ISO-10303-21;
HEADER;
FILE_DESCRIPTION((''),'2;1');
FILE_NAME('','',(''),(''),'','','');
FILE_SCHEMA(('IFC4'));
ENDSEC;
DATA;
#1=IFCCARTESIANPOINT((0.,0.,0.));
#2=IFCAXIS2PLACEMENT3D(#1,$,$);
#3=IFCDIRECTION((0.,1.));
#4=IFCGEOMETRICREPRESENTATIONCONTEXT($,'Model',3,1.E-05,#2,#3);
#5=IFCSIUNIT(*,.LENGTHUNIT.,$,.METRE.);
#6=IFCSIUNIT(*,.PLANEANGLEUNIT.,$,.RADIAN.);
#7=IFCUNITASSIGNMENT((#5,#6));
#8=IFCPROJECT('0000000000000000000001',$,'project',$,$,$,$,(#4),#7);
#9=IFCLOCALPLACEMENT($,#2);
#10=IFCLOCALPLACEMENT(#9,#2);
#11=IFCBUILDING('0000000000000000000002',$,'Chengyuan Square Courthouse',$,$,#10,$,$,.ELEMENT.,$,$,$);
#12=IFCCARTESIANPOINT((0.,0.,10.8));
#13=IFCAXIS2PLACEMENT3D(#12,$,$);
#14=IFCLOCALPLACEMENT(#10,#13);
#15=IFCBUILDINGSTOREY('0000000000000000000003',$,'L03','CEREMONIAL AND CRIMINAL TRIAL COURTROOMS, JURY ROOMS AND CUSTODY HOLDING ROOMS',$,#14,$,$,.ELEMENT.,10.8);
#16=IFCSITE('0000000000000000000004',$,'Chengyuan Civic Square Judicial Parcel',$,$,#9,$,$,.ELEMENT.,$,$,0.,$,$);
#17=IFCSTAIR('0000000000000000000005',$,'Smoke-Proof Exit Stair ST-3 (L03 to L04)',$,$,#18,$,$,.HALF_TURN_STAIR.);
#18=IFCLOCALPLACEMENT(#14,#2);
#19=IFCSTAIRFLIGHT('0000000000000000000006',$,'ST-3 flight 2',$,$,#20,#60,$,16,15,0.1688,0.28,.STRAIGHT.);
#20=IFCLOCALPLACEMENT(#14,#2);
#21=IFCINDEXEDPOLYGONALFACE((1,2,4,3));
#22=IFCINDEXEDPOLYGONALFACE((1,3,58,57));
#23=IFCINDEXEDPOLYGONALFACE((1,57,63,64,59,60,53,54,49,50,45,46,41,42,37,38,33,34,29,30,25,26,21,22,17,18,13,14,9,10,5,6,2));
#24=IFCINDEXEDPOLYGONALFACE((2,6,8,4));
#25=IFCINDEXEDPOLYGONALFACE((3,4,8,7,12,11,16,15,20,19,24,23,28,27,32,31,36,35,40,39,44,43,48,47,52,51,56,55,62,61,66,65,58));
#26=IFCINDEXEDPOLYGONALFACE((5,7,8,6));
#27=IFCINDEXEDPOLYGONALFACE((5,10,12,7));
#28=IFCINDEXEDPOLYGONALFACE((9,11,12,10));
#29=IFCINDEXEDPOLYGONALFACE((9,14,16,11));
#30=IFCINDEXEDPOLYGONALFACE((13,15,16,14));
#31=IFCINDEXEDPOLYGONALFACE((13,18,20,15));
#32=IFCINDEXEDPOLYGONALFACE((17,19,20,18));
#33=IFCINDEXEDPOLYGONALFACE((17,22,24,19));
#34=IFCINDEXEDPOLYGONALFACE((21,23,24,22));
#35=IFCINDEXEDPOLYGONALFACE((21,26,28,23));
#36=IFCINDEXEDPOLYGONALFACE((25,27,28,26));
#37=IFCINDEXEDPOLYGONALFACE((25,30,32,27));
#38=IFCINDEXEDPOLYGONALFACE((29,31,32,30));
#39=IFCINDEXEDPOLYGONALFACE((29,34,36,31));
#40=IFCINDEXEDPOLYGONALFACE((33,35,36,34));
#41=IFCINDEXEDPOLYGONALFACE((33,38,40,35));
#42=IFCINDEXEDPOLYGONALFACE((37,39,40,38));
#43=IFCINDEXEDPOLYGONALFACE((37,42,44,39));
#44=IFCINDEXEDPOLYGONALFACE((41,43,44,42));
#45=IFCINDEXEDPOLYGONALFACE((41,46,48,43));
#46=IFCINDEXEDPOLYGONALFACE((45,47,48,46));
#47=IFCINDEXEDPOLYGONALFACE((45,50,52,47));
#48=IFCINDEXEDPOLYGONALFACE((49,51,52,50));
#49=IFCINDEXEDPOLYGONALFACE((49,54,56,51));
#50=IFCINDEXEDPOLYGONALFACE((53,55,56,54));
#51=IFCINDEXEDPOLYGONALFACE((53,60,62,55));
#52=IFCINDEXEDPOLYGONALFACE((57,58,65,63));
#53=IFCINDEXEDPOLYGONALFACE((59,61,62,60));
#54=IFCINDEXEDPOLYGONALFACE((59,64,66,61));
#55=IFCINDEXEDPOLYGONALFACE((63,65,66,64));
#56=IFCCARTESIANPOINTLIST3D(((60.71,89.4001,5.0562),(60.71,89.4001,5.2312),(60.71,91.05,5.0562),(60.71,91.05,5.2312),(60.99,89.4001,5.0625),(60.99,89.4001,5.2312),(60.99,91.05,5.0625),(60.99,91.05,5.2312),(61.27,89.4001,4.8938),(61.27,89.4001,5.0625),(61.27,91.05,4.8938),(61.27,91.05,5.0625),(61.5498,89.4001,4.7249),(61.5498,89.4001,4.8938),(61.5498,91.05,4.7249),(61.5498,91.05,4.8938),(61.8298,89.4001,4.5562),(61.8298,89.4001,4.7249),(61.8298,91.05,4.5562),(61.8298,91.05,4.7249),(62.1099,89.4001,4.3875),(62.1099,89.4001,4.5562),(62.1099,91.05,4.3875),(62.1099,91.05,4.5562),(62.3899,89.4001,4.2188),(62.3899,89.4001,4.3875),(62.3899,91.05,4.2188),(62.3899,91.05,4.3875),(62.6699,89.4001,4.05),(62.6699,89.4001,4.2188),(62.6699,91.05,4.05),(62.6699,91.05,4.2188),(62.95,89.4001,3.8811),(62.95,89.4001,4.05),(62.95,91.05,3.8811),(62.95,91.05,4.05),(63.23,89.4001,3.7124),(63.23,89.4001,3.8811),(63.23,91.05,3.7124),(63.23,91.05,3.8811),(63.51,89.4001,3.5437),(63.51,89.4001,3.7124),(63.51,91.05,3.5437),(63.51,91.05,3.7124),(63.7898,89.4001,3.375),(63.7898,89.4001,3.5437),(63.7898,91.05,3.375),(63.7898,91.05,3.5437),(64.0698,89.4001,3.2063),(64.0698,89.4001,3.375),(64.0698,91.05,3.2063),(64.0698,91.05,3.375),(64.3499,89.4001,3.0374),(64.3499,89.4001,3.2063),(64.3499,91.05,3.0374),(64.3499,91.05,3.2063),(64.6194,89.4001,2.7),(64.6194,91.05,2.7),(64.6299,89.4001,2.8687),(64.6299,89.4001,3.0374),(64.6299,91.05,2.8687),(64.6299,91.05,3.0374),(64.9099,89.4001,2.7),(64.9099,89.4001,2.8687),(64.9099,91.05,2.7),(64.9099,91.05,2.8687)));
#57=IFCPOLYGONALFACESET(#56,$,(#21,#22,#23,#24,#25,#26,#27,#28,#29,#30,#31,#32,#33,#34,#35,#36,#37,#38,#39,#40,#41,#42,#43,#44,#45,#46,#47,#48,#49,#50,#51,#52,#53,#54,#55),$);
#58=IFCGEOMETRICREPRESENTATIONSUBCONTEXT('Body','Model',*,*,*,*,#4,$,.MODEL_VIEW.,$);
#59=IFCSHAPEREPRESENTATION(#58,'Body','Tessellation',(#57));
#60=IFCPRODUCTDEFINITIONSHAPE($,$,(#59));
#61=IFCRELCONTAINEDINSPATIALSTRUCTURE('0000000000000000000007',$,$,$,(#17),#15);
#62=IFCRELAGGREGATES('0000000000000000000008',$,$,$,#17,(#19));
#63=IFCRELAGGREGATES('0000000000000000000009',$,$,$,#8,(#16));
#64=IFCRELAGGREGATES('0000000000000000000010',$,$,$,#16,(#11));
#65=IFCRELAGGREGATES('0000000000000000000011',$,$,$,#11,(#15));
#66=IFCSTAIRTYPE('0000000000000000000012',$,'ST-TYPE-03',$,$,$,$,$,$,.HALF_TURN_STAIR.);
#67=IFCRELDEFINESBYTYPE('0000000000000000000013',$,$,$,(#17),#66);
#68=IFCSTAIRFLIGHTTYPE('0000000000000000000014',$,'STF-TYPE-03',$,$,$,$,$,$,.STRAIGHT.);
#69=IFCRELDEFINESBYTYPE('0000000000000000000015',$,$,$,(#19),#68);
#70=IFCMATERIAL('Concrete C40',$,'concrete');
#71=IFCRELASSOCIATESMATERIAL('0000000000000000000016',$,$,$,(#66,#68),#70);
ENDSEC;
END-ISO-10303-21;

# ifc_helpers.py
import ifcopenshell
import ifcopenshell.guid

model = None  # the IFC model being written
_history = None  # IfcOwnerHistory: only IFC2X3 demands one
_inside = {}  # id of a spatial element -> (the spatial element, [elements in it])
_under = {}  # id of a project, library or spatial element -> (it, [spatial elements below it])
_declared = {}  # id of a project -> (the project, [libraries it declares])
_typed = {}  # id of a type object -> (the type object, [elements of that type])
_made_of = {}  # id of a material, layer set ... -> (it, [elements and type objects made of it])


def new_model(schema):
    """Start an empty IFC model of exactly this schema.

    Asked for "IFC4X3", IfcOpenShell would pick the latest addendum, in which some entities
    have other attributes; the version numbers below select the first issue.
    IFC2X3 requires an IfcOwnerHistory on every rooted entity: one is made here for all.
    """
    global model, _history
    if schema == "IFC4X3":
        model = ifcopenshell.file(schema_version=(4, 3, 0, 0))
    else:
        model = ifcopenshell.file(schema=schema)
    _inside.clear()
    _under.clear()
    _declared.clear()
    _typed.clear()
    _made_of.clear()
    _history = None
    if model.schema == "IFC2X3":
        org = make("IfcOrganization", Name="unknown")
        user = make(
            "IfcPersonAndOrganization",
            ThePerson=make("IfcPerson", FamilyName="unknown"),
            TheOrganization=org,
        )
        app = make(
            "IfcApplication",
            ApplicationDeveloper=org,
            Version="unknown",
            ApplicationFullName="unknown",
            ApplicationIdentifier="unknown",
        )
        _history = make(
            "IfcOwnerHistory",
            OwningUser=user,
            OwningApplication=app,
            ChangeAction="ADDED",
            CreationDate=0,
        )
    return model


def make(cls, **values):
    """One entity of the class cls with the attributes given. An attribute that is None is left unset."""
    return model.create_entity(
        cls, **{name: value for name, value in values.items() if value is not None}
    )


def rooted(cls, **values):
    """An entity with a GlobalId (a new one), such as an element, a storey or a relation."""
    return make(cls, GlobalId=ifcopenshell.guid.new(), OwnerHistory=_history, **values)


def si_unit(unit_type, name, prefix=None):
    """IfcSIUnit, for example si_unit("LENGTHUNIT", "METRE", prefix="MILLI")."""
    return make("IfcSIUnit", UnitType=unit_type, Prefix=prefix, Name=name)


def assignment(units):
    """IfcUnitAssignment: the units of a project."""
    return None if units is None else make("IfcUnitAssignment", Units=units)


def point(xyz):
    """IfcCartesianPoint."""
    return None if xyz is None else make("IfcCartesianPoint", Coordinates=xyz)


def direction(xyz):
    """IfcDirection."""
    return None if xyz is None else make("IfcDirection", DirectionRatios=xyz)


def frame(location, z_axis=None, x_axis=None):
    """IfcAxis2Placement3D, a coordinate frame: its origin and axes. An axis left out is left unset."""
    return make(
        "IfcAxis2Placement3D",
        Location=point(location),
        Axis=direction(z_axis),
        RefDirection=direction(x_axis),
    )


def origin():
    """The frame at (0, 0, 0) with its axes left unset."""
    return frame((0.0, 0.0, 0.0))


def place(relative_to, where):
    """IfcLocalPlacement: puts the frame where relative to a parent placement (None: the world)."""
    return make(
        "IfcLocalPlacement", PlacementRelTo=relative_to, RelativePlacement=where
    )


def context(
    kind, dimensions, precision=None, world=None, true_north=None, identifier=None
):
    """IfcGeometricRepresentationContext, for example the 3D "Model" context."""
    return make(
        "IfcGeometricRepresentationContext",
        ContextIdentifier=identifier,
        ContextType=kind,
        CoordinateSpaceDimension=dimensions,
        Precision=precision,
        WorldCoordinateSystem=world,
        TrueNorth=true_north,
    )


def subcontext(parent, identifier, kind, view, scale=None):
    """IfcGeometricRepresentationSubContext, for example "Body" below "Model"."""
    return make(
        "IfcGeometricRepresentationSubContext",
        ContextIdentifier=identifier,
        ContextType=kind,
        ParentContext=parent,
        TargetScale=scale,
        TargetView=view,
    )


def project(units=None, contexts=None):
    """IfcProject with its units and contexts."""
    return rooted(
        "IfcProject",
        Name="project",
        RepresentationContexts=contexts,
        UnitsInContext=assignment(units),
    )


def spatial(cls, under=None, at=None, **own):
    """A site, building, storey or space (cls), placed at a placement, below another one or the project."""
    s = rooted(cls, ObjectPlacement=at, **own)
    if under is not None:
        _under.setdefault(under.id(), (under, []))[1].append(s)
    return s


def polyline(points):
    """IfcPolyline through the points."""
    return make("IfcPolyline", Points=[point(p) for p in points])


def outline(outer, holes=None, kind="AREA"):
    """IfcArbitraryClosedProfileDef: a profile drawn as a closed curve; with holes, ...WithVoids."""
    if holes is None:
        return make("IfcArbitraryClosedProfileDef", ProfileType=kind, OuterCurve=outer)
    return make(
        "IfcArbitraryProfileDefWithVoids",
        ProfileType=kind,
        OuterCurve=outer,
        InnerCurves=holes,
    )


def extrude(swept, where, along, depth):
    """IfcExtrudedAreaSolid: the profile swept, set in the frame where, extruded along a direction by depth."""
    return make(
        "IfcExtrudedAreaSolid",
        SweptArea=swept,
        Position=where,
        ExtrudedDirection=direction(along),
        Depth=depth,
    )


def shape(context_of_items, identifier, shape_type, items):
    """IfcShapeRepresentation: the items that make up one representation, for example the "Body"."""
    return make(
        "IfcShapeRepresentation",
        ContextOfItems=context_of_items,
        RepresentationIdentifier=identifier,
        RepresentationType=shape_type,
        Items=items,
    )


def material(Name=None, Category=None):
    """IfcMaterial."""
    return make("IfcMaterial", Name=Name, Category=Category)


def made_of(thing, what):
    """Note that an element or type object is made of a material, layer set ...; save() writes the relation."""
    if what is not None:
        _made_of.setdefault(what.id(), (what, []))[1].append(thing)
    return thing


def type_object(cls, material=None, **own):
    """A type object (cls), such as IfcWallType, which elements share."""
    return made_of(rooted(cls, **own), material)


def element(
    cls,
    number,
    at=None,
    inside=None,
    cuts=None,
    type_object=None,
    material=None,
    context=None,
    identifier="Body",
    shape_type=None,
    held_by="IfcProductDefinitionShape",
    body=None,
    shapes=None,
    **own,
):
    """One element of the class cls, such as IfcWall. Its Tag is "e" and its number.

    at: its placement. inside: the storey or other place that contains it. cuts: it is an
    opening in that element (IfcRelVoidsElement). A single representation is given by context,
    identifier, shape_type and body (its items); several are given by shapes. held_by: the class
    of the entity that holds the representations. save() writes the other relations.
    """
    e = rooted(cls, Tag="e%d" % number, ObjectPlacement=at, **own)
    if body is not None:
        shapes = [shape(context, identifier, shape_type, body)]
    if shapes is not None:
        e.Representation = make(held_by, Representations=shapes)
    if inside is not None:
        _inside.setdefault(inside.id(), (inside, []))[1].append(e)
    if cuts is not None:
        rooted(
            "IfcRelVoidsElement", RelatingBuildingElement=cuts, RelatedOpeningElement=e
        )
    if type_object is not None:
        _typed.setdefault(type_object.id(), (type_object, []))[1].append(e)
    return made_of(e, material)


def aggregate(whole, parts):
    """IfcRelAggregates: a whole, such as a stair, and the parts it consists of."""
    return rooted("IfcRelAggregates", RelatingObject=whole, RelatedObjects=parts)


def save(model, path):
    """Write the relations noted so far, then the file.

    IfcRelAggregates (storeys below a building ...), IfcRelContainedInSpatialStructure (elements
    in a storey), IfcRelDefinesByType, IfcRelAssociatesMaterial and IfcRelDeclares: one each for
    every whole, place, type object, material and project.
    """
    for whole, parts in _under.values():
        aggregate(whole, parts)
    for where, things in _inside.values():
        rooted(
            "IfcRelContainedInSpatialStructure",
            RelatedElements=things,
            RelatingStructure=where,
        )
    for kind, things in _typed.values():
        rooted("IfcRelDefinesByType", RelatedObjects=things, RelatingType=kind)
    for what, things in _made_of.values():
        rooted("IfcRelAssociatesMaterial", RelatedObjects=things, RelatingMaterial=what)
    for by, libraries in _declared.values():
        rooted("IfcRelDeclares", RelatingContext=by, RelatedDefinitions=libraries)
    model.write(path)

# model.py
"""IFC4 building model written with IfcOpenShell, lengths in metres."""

from ifc_helpers import new_model, si_unit, direction, frame, origin, place, context, subcontext, project, spatial, polyline, outline, extrude, material, type_object, element, aggregate, save


model = new_model("IFC4")

# Units and contexts
model_context = context("Model", 3, precision=1e-05, world=origin(), true_north=direction((0.0, 1.0)))
body_context = subcontext(model_context, "Body", "Model", "MODEL_VIEW")
ifc_project = project(units=[si_unit("LENGTHUNIT", "METRE"), si_unit("PLANEANGLEUNIT", "RADIAN")], contexts=[model_context])

# Site, building, storey
site_placement = place(None, origin())
site = spatial("IfcSite", under=ifc_project, at=site_placement, Name="Chengyuan Civic Square Judicial Parcel", CompositionType="ELEMENT", RefElevation=0.0)
building_placement = place(site_placement, origin())
building = spatial("IfcBuilding", under=site, at=building_placement, Name="Chengyuan Square Courthouse", CompositionType="ELEMENT")
storey_placement = place(building_placement, frame((0.0, 0.0, 10.8)))
storey = spatial("IfcBuildingStorey", under=building, at=storey_placement, Name="L03", Description="CEREMONIAL AND CRIMINAL TRIAL COURTROOMS, JURY ROOMS AND CUSTODY HOLDING ROOMS", CompositionType="ELEMENT", Elevation=10.8)

# Shared definitions
ifc_material_1 = material(Name="Concrete C40", Category="concrete")

# Stair, stair flight
stair_type = type_object("IfcStairType", Name="ST-TYPE-03", PredefinedType="HALF_TURN_STAIR", material=ifc_material_1)
stair_placement = place(storey_placement, origin())
stair = element("IfcStair", 1, at=stair_placement, inside=storey, type_object=stair_type, Name="Smoke-Proof Exit Stair ST-3 (L03 to L04)", PredefinedType="HALF_TURN_STAIR")
stair_flight_type = type_object("IfcStairFlightType", Name="STF-TYPE-03", PredefinedType="STRAIGHT", material=ifc_material_1)
stair_flight_placement = place(storey_placement, frame((64.9099, 90.2251, 2.7), z_axis=(0.0, 0.0, 1.0), x_axis=(-1.0, 0.0, 0.0)))
stair_flight = element("IfcStairFlight", 2, at=stair_flight_placement, type_object=stair_flight_type, Name="ST-3 flight 2", NumberOfRisers=16, NumberOfTreads=15, PredefinedType="STRAIGHT", RiserHeight=0.1688, TreadLength=0.28, context=body_context, shape_type="SweptSolid", body=[
    extrude(outline(polyline([(0.0, 0.0), (0.0, 0.1687), (0.28, 0.1687), (0.28, 0.3374), (0.5601, 0.3374), (0.5601, 0.5063), (0.8401, 0.5063), (0.8401, 0.675), (1.1201, 0.675), (1.1201, 0.8438), (1.3999, 0.8438), (1.3999, 1.0125), (1.6799, 1.0125), (1.6799, 1.1812), (1.96, 1.1812), (1.96, 1.3501), (2.24, 1.3501), (2.24, 1.5188), (2.52, 1.5188), (2.52, 1.6875), (2.8, 1.6875), (2.8, 1.8562), (3.0801, 1.8562), (3.0801, 2.0249), (3.3601, 2.0249), (3.3601, 2.1938), (3.6399, 2.1938), (3.6399, 2.3625), (3.9199, 2.3625), (3.9199, 2.5312), (4.2, 2.5312), (4.2, 2.7), (4.2, 2.3562), (0.2905, 0.0), (0.0, 0.0)])), frame((0.0, 0.825, 0.0), z_axis=(0.0, -1.0, 0.0), x_axis=(1.0, 0.0, 0.0)), (0.0, 0.0, 1.0), 1.6499),
])
aggregate(stair, [stair_flight])

save(model, "model.ifc")
